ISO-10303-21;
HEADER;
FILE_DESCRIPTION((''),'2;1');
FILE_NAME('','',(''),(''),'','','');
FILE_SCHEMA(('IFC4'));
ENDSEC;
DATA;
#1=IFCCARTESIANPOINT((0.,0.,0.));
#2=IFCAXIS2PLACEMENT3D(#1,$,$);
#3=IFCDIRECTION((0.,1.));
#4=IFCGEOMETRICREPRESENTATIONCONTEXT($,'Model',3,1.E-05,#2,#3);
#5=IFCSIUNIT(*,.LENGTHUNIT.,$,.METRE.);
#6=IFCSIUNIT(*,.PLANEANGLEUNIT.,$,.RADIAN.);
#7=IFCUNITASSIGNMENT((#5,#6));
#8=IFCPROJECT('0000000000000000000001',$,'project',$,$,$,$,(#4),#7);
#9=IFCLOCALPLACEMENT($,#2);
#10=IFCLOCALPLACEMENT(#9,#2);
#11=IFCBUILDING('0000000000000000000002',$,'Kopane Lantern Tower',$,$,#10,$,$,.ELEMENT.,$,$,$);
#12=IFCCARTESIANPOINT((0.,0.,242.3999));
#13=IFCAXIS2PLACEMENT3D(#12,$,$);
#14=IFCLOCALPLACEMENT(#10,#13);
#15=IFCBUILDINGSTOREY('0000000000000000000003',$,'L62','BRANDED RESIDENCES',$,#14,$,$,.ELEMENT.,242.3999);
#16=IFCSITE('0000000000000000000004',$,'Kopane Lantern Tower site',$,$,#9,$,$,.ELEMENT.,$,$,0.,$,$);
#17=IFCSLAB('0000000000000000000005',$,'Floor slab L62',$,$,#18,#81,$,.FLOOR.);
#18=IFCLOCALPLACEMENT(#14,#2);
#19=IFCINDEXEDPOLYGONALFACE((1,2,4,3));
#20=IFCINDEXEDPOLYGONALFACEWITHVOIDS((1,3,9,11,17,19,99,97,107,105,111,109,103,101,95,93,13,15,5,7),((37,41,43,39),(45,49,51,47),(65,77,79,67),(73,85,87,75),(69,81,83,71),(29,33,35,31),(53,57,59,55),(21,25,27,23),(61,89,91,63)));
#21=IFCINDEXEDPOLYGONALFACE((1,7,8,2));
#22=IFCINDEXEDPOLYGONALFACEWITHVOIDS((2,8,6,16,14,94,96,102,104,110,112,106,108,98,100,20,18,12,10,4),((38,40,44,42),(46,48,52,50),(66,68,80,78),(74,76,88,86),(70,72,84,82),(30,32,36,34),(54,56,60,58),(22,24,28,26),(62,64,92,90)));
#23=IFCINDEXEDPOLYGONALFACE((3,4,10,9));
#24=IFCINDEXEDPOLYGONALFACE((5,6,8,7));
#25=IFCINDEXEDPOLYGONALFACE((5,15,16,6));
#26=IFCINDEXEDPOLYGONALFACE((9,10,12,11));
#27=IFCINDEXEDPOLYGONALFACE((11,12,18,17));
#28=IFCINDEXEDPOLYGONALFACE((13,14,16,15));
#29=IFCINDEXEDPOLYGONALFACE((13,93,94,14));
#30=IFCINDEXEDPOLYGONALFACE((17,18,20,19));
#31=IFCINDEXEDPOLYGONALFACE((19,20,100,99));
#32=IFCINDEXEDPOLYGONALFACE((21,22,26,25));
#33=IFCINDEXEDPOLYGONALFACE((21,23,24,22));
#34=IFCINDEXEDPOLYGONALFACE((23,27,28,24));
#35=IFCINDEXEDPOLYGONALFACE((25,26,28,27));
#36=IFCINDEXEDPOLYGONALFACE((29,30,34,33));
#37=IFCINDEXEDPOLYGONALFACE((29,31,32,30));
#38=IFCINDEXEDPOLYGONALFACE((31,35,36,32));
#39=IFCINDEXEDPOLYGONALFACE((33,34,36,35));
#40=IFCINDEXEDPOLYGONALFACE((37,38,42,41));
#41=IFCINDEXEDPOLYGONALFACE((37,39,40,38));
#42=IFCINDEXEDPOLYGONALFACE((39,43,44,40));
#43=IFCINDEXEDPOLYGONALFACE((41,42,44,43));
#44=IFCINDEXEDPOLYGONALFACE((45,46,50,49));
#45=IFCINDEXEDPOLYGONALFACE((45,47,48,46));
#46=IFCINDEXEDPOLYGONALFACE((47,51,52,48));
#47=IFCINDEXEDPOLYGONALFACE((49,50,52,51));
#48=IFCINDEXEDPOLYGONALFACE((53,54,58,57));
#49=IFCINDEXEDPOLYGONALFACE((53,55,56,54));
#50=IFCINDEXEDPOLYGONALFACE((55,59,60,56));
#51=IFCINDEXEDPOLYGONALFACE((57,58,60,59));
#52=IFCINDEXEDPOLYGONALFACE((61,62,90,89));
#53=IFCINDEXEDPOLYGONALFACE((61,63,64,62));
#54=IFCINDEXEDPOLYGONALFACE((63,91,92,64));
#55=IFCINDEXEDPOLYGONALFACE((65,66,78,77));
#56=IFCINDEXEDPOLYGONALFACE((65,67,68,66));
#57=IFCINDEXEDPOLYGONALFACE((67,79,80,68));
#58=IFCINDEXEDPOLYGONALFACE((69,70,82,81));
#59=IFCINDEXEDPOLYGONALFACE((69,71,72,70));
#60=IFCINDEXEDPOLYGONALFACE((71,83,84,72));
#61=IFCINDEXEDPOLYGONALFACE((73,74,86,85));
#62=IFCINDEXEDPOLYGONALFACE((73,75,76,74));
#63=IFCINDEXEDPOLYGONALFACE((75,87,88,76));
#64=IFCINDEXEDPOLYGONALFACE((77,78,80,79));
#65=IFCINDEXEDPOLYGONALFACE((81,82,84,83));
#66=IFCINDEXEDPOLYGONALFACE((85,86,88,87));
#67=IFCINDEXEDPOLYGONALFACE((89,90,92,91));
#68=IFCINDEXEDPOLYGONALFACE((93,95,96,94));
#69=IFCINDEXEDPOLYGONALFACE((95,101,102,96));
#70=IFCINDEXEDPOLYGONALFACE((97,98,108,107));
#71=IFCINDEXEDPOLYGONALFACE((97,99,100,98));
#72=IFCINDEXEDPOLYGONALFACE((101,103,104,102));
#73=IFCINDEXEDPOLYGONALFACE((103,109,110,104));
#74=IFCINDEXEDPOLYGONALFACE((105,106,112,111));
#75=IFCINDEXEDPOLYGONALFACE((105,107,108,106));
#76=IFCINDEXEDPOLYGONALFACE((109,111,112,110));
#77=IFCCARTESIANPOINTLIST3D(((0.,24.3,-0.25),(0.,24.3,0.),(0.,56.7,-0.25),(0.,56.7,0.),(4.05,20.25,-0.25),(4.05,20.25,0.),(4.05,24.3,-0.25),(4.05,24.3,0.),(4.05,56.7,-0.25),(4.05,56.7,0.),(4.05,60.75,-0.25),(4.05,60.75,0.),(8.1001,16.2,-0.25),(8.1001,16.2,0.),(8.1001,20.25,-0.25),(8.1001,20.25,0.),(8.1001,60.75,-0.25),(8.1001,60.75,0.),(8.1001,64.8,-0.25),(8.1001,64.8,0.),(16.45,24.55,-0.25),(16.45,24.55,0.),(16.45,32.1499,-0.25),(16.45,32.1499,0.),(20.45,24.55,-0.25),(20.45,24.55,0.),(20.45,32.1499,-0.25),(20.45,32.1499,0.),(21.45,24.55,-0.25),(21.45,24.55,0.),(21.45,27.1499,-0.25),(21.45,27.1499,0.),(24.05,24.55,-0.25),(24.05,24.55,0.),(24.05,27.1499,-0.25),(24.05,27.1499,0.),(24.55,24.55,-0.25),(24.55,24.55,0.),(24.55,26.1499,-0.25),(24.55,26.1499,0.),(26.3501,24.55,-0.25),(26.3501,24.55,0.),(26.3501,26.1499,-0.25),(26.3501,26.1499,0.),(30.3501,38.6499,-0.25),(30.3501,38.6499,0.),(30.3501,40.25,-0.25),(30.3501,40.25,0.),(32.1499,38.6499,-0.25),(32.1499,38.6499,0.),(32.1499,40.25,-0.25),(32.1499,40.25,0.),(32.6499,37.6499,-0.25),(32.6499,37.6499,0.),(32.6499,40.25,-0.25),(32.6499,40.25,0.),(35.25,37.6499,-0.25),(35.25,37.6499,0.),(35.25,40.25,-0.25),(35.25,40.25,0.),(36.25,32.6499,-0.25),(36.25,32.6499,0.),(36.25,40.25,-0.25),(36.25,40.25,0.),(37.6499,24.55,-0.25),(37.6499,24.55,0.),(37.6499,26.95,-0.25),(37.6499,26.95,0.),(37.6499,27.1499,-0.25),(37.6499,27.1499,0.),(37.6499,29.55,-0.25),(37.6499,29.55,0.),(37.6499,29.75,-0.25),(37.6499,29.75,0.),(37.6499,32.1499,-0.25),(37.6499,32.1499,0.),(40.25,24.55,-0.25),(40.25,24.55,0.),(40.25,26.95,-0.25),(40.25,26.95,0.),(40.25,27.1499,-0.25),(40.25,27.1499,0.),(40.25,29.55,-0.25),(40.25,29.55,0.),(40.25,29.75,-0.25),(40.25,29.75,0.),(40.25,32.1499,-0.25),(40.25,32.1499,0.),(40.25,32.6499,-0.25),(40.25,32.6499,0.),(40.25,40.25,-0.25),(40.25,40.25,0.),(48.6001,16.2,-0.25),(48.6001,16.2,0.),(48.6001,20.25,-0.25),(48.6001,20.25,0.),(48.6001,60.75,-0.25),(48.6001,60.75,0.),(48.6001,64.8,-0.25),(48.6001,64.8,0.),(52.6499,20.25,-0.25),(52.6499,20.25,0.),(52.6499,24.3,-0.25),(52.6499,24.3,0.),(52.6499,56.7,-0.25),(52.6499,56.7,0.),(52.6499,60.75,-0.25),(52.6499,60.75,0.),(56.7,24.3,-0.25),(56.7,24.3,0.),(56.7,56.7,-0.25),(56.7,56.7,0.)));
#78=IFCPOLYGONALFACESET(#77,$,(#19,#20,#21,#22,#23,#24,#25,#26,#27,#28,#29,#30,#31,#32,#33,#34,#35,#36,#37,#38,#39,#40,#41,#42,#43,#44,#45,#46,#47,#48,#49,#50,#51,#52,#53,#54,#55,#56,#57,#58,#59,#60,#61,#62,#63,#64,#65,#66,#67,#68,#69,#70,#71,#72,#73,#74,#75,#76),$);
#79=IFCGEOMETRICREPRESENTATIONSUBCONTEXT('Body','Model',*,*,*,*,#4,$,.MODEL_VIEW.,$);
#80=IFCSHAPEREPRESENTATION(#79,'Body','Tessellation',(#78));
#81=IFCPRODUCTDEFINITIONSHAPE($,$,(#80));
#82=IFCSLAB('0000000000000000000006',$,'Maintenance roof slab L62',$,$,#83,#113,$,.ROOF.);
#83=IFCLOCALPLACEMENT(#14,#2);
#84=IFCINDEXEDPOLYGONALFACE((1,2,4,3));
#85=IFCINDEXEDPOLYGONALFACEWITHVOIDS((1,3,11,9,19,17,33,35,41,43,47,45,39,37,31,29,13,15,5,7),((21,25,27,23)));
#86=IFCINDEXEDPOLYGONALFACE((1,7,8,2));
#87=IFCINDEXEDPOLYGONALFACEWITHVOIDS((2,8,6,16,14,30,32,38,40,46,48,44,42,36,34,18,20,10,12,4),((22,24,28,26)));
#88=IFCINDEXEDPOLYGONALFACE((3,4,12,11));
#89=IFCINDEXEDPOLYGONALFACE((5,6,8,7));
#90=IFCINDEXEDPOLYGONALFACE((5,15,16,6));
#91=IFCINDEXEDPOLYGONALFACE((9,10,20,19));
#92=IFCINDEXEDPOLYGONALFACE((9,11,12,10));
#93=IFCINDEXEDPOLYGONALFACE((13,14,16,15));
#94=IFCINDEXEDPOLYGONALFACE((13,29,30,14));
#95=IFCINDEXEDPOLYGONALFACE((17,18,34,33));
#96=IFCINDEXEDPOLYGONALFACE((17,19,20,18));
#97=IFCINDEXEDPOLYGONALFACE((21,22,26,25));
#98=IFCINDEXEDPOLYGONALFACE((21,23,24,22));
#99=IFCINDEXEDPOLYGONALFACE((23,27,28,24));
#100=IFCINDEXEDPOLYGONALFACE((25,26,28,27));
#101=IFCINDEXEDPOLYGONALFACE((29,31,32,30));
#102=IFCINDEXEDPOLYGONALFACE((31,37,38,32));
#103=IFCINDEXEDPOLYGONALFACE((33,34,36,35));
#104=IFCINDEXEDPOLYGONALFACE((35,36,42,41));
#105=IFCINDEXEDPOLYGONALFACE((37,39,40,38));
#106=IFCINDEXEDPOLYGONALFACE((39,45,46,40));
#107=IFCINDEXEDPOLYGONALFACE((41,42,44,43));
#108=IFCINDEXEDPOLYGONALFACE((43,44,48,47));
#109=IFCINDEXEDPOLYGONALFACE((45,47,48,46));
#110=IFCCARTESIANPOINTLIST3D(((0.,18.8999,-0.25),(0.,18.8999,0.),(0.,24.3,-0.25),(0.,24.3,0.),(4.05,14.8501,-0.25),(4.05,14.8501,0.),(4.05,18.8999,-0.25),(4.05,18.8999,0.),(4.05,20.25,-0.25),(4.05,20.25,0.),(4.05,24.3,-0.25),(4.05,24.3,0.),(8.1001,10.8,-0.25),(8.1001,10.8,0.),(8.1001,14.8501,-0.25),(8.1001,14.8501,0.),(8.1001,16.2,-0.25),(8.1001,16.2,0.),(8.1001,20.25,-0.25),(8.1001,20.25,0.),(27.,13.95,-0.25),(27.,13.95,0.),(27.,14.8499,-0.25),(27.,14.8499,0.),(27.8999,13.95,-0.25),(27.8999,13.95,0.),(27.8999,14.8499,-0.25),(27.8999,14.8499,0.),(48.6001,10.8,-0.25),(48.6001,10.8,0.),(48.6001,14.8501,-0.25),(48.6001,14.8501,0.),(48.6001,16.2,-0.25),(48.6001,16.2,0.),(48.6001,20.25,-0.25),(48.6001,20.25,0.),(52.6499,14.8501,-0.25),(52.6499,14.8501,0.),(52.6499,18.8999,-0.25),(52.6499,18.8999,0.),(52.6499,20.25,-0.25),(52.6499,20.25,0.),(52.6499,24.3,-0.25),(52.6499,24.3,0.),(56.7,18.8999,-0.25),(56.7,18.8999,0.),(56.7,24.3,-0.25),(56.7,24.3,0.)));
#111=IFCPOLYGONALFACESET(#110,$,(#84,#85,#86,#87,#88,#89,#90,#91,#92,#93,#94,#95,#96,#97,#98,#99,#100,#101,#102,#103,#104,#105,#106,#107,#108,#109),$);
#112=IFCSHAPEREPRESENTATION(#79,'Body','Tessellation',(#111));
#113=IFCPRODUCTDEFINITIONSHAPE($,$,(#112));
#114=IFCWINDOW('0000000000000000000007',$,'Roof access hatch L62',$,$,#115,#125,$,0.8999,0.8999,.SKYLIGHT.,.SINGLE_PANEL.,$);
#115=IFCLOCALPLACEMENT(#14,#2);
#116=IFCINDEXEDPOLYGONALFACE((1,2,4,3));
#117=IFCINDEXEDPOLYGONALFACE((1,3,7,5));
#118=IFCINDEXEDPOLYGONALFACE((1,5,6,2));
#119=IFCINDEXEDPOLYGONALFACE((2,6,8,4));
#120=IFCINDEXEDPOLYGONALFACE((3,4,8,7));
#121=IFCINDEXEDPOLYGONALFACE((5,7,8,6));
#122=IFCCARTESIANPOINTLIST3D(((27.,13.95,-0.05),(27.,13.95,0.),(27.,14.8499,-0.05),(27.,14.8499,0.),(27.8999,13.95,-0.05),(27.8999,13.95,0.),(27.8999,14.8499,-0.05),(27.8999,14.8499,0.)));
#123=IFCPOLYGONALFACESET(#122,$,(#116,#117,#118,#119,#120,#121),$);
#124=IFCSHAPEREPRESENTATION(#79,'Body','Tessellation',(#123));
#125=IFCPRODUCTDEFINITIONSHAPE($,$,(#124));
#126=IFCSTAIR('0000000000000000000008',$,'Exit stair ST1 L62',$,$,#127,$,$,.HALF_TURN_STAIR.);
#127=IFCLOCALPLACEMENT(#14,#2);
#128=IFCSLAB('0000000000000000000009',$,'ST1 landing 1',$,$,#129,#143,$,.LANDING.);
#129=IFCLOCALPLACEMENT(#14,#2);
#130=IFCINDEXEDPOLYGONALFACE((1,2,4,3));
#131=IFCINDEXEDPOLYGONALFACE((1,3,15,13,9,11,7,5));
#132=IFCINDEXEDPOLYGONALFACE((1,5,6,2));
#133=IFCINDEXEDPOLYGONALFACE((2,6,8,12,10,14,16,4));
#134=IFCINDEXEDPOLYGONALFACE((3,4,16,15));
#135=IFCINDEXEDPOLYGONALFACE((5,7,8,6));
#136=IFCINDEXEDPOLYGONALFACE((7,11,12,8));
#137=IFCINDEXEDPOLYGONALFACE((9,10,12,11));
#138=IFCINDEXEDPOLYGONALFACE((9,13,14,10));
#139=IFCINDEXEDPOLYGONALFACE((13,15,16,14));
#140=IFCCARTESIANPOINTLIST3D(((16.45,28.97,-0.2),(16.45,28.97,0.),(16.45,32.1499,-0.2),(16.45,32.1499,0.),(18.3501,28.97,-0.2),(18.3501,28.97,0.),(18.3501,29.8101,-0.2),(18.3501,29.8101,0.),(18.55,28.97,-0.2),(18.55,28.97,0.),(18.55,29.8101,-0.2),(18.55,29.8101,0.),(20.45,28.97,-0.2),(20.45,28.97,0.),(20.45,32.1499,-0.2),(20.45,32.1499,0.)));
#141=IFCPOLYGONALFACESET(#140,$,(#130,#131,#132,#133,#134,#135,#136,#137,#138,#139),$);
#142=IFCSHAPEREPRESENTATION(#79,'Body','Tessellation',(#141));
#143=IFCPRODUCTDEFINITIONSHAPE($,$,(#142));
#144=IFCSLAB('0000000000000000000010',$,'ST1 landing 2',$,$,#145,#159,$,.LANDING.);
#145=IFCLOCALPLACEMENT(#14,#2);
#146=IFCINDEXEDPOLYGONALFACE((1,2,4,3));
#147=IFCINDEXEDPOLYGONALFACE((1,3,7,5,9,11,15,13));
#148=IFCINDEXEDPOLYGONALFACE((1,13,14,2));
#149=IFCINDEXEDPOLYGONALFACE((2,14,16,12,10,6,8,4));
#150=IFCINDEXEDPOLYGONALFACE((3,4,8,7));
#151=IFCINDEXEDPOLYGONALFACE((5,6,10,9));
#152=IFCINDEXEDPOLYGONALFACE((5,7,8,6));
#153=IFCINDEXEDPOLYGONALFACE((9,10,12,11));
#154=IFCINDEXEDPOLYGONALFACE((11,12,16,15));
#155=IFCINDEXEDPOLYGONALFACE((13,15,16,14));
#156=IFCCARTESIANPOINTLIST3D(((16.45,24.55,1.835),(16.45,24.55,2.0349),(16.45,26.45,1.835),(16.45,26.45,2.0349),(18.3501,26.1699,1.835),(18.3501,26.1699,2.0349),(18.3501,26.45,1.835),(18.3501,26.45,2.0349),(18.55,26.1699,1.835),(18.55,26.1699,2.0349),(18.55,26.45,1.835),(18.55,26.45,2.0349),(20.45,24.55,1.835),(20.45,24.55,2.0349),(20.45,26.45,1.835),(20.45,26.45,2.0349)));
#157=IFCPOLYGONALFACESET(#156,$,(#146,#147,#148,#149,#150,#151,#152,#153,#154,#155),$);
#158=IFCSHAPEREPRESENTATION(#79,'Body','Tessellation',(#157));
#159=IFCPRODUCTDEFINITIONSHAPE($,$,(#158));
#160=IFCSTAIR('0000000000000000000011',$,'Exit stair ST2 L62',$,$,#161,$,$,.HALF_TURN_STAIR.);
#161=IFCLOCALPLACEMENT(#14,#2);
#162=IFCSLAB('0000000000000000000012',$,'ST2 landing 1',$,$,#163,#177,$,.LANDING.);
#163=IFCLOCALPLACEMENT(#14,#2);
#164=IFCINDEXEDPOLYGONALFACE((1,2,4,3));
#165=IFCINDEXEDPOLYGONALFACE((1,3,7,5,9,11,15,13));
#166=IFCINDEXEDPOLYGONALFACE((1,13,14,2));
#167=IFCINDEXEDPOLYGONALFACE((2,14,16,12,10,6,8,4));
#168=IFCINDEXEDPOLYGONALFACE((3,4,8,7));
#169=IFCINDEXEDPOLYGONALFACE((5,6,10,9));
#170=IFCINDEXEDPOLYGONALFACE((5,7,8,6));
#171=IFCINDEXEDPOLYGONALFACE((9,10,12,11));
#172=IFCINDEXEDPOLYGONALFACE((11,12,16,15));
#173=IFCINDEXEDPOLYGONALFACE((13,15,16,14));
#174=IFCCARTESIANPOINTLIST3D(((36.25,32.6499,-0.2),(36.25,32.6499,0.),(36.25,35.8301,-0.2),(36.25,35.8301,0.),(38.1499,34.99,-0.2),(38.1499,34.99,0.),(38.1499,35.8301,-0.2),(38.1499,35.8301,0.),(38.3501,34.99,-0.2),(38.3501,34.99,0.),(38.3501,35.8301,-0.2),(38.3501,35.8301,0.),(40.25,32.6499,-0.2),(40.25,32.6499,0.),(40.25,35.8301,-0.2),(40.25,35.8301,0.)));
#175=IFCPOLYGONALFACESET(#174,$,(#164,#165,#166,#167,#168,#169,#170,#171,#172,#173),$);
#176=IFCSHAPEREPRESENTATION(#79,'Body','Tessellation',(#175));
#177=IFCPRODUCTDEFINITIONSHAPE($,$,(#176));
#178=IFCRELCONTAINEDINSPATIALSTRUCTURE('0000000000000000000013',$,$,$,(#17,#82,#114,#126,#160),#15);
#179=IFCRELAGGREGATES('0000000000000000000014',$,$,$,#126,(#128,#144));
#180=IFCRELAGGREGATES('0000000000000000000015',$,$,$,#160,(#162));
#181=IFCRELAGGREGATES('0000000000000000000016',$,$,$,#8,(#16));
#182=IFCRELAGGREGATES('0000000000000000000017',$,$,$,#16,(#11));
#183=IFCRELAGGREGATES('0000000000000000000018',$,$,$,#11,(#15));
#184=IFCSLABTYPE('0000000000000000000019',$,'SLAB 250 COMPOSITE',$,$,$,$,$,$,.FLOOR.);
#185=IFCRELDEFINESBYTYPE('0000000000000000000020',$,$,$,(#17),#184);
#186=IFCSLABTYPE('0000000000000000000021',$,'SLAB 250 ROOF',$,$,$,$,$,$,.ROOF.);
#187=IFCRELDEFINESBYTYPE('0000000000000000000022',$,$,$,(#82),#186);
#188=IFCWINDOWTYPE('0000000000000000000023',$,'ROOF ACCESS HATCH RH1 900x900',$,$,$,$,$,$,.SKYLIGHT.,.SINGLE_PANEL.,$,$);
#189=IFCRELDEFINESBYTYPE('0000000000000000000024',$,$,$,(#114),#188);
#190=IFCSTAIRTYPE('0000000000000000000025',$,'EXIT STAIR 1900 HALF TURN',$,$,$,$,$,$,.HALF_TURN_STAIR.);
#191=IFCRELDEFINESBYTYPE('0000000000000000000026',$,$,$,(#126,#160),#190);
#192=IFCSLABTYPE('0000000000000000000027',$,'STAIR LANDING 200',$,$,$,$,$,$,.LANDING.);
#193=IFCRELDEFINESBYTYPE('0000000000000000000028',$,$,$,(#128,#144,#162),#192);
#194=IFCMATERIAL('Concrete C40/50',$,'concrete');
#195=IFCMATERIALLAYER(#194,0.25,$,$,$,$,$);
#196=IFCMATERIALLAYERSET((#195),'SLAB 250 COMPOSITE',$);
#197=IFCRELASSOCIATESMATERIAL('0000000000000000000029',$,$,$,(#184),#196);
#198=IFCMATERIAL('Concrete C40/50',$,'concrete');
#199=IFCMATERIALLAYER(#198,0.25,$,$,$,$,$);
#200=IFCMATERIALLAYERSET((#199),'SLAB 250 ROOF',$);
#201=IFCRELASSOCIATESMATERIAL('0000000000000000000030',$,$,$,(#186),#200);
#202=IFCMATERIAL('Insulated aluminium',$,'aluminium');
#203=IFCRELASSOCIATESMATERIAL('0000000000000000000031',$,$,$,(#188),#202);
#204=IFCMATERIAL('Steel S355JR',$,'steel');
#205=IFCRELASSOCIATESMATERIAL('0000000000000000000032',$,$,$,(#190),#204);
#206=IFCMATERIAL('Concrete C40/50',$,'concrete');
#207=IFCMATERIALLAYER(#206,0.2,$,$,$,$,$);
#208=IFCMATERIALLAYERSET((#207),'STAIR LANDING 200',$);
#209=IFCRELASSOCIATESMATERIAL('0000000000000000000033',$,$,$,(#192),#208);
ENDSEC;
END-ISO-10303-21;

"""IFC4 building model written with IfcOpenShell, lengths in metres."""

from ifc_helpers import new_model, si_unit, direction, frame, origin, origin_2d, place, context, subcontext, project, spatial, polyline, rectangle, outline, extrude, material, layer, layer_set, type_object, element, fill, aggregate, save


model = new_model("IFC4")

# Units and contexts
model_context = context("Model", 3, precision=1e-05, world=origin(), true_north=direction((0.0, 1.0)))
body_context = subcontext(model_context, "Body", "Model", "MODEL_VIEW")
ifc_project = project(units=[si_unit("LENGTHUNIT", "METRE"), si_unit("PLANEANGLEUNIT", "RADIAN")], contexts=[model_context])

# Site, building, storey
site_placement = place(None, origin())
site = spatial("IfcSite", under=ifc_project, at=site_placement, Name="Kopane Lantern Tower site", CompositionType="ELEMENT", RefElevation=0.0)
building_placement = place(site_placement, origin())
building = spatial("IfcBuilding", under=site, at=building_placement, Name="Kopane Lantern Tower", CompositionType="ELEMENT")
storey_placement = place(building_placement, frame((0.0, 0.0, 242.3999)))
storey = spatial("IfcBuildingStorey", under=building, at=storey_placement, Name="L62", Description="BRANDED RESIDENCES", CompositionType="ELEMENT", Elevation=242.3999)

# Slab
ifc_material_1 = material(Name="Concrete C40/50", Category="concrete")
ifc_layer_1 = layer(ifc_material_1, 0.25)
ifc_layer_set_1 = layer_set([ifc_layer_1], Name="SLAB 250 COMPOSITE")
slab_type_1 = type_object("IfcSlabType", Name="SLAB 250 COMPOSITE", PredefinedType="FLOOR", material=ifc_layer_set_1)
slab_1_placement = place(storey_placement, frame((0.0, 0.0, -0.25)))
element("IfcSlab", 1, at=slab_1_placement, inside=storey, type_object=slab_type_1, Name="Floor slab L62", PredefinedType="FLOOR", context=body_context, shape_type="SweptSolid", body=[
    extrude(outline(polyline([(8.1001, 16.2), (48.6001, 16.2), (48.6001, 20.25), (52.6499, 20.25), (52.6499, 24.3), (56.7, 24.3), (56.7, 56.7), (52.6499, 56.7), (52.6499, 60.75), (48.6001, 60.75), (48.6001, 64.8), (8.1001, 64.8), (8.1001, 60.75), (4.05, 60.75), (4.05, 56.7), (0.0, 56.7), (0.0, 24.3), (4.05, 24.3), (4.05, 20.25), (8.1001, 20.25), (8.1001, 16.2)]), holes=[polyline([(16.45, 24.55), (20.45, 24.55), (20.45, 32.1499), (16.45, 32.1499), (16.45, 24.55)]), polyline([(36.25, 32.6499), (40.25, 32.6499), (40.25, 40.25), (36.25, 40.25), (36.25, 32.6499)]), polyline([(37.6499, 24.55), (40.25, 24.55), (40.25, 26.95), (37.6499, 26.95), (37.6499, 24.55)]), polyline([(37.6499, 27.1499), (40.25, 27.1499), (40.25, 29.55), (37.6499, 29.55), (37.6499, 27.1499)]), polyline([(37.6499, 29.75), (40.25, 29.75), (40.25, 32.1499), (37.6499, 32.1499), (37.6499, 29.75)]), polyline([(21.45, 24.55), (24.05, 24.55), (24.05, 27.1499), (21.45, 27.1499), (21.45, 24.55)]), polyline([(32.6499, 37.6499), (35.25, 37.6499), (35.25, 40.25), (32.6499, 40.25), (32.6499, 37.6499)]), polyline([(24.55, 24.55), (26.3501, 24.55), (26.3501, 26.1499), (24.55, 26.1499), (24.55, 24.55)]), polyline([(30.3501, 38.6499), (32.1499, 38.6499), (32.1499, 40.25), (30.3501, 40.25), (30.3501, 38.6499)])]), origin(), (0.0, 0.0, 1.0), 0.25),
])

# Slab, opening, window
ifc_material_2 = material(Name="Concrete C40/50", Category="concrete")
ifc_layer_2 = layer(ifc_material_2, 0.25)
ifc_layer_set_2 = layer_set([ifc_layer_2], Name="SLAB 250 ROOF")
slab_type_2 = type_object("IfcSlabType", Name="SLAB 250 ROOF", PredefinedType="ROOF", material=ifc_layer_set_2)
slab_2_placement = place(storey_placement, frame((0.0, 0.0, -0.25)))
slab_2 = element("IfcSlab", 2, at=slab_2_placement, inside=storey, type_object=slab_type_2, Name="Maintenance roof slab L62", PredefinedType="ROOF", context=body_context, shape_type="SweptSolid", body=[
    extrude(outline(polyline([(56.7, 18.8999), (52.6499, 18.8999), (52.6499, 14.8501), (48.6001, 14.8501), (48.6001, 10.8), (8.1001, 10.8), (8.1001, 14.8501), (4.05, 14.8501), (4.05, 18.8999), (0.0, 18.8999), (0.0, 24.3), (4.05, 24.3), (4.05, 20.25), (8.1001, 20.25), (8.1001, 16.2), (48.6001, 16.2), (48.6001, 20.25), (52.6499, 20.25), (52.6499, 24.3), (56.7, 24.3), (56.7, 18.8999)])), origin(), (0.0, 0.0, 1.0), 0.25),
])
opening_1_placement = place(slab_2_placement, frame((27.45, 14.3999, 0.0)))
opening_1 = element("IfcOpeningElement", 3, at=opening_1_placement, cuts=slab_2, PredefinedType="OPENING", context=body_context, shape_type="SweptSolid", body=[
    extrude(rectangle(XDim=0.8999, YDim=0.8999, at=origin_2d()), origin(), (0.0, 0.0, 1.0), 0.25),
])
ifc_material_3 = material(Name="Insulated aluminium", Category="aluminium")
window_type_1 = type_object("IfcWindowType", Name="ROOF ACCESS HATCH RH1 900x900", PartitioningType="SINGLE_PANEL", PredefinedType="SKYLIGHT", material=ifc_material_3)
window_1_placement = place(opening_1_placement, frame((0.0, 0.0, 0.2)))
window_1 = element("IfcWindow", 4, at=window_1_placement, inside=storey, type_object=window_type_1, Name="Roof access hatch L62", OverallHeight=0.8999, OverallWidth=0.8999, PartitioningType="SINGLE_PANEL", PredefinedType="SKYLIGHT", context=body_context, shape_type="SweptSolid", body=[
    extrude(rectangle(XDim=0.8999, YDim=0.8999, at=origin_2d()), origin(), (0.0, 0.0, 1.0), 0.05),
])
fill(opening_1, window_1)

# Stairs, slabs
ifc_material_4 = material(Name="Steel S355JR", Category="steel")
stair_type = type_object("IfcStairType", Name="EXIT STAIR 1900 HALF TURN", PredefinedType="HALF_TURN_STAIR", material=ifc_material_4)
stair_1_placement = place(storey_placement, origin())
stair_1 = element("IfcStair", 5, at=stair_1_placement, inside=storey, type_object=stair_type, Name="Exit stair ST1 L62", PredefinedType="HALF_TURN_STAIR")
ifc_material_5 = material(Name="Concrete C40/50", Category="concrete")
ifc_layer_3 = layer(ifc_material_5, 0.2)
ifc_layer_set_3 = layer_set([ifc_layer_3], Name="STAIR LANDING 200")
slab_type_3 = type_object("IfcSlabType", Name="STAIR LANDING 200", PredefinedType="LANDING", material=ifc_layer_set_3)
slab_3_placement = place(storey_placement, frame((0.0, 0.0, -0.2)))
slab_3 = element("IfcSlab", 6, at=slab_3_placement, type_object=slab_type_3, Name="ST1 landing 1", PredefinedType="LANDING", context=body_context, shape_type="SweptSolid", body=[
    extrude(outline(polyline([(18.3501, 29.8101), (18.55, 29.8101), (18.55, 28.97), (20.45, 28.97), (20.45, 32.1499), (16.45, 32.1499), (16.45, 28.97), (18.3501, 28.97), (18.3501, 29.8101)])), origin(), (0.0, 0.0, 1.0), 0.2),
])
slab_4_placement = place(storey_placement, frame((0.0, 0.0, 1.835)))
slab_4 = element("IfcSlab", 7, at=slab_4_placement, type_object=slab_type_3, Name="ST1 landing 2", PredefinedType="LANDING", context=body_context, shape_type="SweptSolid", body=[
    extrude(outline(polyline([(20.45, 26.45), (18.55, 26.45), (18.55, 26.1699), (18.3501, 26.1699), (18.3501, 26.45), (16.45, 26.45), (16.45, 24.55), (20.45, 24.55), (20.45, 26.45)])), origin(), (0.0, 0.0, 1.0), 0.2),
])
aggregate(stair_1, [slab_3, slab_4])
stair_2_placement = place(storey_placement, origin())
stair_2 = element("IfcStair", 8, at=stair_2_placement, inside=storey, type_object=stair_type, Name="Exit stair ST2 L62", PredefinedType="HALF_TURN_STAIR")
slab_5_placement = place(storey_placement, frame((0.0, 0.0, -0.2)))
slab_5 = element("IfcSlab", 9, at=slab_5_placement, type_object=slab_type_3, Name="ST2 landing 1", PredefinedType="LANDING", context=body_context, shape_type="SweptSolid", body=[
    extrude(outline(polyline([(40.25, 35.8301), (38.3501, 35.8301), (38.3501, 34.99), (38.1499, 34.99), (38.1499, 35.8301), (36.25, 35.8301), (36.25, 32.6499), (40.25, 32.6499), (40.25, 35.8301)])), origin(), (0.0, 0.0, 1.0), 0.2),
])
aggregate(stair_2, [slab_5])

save(model, "model.ifc")
